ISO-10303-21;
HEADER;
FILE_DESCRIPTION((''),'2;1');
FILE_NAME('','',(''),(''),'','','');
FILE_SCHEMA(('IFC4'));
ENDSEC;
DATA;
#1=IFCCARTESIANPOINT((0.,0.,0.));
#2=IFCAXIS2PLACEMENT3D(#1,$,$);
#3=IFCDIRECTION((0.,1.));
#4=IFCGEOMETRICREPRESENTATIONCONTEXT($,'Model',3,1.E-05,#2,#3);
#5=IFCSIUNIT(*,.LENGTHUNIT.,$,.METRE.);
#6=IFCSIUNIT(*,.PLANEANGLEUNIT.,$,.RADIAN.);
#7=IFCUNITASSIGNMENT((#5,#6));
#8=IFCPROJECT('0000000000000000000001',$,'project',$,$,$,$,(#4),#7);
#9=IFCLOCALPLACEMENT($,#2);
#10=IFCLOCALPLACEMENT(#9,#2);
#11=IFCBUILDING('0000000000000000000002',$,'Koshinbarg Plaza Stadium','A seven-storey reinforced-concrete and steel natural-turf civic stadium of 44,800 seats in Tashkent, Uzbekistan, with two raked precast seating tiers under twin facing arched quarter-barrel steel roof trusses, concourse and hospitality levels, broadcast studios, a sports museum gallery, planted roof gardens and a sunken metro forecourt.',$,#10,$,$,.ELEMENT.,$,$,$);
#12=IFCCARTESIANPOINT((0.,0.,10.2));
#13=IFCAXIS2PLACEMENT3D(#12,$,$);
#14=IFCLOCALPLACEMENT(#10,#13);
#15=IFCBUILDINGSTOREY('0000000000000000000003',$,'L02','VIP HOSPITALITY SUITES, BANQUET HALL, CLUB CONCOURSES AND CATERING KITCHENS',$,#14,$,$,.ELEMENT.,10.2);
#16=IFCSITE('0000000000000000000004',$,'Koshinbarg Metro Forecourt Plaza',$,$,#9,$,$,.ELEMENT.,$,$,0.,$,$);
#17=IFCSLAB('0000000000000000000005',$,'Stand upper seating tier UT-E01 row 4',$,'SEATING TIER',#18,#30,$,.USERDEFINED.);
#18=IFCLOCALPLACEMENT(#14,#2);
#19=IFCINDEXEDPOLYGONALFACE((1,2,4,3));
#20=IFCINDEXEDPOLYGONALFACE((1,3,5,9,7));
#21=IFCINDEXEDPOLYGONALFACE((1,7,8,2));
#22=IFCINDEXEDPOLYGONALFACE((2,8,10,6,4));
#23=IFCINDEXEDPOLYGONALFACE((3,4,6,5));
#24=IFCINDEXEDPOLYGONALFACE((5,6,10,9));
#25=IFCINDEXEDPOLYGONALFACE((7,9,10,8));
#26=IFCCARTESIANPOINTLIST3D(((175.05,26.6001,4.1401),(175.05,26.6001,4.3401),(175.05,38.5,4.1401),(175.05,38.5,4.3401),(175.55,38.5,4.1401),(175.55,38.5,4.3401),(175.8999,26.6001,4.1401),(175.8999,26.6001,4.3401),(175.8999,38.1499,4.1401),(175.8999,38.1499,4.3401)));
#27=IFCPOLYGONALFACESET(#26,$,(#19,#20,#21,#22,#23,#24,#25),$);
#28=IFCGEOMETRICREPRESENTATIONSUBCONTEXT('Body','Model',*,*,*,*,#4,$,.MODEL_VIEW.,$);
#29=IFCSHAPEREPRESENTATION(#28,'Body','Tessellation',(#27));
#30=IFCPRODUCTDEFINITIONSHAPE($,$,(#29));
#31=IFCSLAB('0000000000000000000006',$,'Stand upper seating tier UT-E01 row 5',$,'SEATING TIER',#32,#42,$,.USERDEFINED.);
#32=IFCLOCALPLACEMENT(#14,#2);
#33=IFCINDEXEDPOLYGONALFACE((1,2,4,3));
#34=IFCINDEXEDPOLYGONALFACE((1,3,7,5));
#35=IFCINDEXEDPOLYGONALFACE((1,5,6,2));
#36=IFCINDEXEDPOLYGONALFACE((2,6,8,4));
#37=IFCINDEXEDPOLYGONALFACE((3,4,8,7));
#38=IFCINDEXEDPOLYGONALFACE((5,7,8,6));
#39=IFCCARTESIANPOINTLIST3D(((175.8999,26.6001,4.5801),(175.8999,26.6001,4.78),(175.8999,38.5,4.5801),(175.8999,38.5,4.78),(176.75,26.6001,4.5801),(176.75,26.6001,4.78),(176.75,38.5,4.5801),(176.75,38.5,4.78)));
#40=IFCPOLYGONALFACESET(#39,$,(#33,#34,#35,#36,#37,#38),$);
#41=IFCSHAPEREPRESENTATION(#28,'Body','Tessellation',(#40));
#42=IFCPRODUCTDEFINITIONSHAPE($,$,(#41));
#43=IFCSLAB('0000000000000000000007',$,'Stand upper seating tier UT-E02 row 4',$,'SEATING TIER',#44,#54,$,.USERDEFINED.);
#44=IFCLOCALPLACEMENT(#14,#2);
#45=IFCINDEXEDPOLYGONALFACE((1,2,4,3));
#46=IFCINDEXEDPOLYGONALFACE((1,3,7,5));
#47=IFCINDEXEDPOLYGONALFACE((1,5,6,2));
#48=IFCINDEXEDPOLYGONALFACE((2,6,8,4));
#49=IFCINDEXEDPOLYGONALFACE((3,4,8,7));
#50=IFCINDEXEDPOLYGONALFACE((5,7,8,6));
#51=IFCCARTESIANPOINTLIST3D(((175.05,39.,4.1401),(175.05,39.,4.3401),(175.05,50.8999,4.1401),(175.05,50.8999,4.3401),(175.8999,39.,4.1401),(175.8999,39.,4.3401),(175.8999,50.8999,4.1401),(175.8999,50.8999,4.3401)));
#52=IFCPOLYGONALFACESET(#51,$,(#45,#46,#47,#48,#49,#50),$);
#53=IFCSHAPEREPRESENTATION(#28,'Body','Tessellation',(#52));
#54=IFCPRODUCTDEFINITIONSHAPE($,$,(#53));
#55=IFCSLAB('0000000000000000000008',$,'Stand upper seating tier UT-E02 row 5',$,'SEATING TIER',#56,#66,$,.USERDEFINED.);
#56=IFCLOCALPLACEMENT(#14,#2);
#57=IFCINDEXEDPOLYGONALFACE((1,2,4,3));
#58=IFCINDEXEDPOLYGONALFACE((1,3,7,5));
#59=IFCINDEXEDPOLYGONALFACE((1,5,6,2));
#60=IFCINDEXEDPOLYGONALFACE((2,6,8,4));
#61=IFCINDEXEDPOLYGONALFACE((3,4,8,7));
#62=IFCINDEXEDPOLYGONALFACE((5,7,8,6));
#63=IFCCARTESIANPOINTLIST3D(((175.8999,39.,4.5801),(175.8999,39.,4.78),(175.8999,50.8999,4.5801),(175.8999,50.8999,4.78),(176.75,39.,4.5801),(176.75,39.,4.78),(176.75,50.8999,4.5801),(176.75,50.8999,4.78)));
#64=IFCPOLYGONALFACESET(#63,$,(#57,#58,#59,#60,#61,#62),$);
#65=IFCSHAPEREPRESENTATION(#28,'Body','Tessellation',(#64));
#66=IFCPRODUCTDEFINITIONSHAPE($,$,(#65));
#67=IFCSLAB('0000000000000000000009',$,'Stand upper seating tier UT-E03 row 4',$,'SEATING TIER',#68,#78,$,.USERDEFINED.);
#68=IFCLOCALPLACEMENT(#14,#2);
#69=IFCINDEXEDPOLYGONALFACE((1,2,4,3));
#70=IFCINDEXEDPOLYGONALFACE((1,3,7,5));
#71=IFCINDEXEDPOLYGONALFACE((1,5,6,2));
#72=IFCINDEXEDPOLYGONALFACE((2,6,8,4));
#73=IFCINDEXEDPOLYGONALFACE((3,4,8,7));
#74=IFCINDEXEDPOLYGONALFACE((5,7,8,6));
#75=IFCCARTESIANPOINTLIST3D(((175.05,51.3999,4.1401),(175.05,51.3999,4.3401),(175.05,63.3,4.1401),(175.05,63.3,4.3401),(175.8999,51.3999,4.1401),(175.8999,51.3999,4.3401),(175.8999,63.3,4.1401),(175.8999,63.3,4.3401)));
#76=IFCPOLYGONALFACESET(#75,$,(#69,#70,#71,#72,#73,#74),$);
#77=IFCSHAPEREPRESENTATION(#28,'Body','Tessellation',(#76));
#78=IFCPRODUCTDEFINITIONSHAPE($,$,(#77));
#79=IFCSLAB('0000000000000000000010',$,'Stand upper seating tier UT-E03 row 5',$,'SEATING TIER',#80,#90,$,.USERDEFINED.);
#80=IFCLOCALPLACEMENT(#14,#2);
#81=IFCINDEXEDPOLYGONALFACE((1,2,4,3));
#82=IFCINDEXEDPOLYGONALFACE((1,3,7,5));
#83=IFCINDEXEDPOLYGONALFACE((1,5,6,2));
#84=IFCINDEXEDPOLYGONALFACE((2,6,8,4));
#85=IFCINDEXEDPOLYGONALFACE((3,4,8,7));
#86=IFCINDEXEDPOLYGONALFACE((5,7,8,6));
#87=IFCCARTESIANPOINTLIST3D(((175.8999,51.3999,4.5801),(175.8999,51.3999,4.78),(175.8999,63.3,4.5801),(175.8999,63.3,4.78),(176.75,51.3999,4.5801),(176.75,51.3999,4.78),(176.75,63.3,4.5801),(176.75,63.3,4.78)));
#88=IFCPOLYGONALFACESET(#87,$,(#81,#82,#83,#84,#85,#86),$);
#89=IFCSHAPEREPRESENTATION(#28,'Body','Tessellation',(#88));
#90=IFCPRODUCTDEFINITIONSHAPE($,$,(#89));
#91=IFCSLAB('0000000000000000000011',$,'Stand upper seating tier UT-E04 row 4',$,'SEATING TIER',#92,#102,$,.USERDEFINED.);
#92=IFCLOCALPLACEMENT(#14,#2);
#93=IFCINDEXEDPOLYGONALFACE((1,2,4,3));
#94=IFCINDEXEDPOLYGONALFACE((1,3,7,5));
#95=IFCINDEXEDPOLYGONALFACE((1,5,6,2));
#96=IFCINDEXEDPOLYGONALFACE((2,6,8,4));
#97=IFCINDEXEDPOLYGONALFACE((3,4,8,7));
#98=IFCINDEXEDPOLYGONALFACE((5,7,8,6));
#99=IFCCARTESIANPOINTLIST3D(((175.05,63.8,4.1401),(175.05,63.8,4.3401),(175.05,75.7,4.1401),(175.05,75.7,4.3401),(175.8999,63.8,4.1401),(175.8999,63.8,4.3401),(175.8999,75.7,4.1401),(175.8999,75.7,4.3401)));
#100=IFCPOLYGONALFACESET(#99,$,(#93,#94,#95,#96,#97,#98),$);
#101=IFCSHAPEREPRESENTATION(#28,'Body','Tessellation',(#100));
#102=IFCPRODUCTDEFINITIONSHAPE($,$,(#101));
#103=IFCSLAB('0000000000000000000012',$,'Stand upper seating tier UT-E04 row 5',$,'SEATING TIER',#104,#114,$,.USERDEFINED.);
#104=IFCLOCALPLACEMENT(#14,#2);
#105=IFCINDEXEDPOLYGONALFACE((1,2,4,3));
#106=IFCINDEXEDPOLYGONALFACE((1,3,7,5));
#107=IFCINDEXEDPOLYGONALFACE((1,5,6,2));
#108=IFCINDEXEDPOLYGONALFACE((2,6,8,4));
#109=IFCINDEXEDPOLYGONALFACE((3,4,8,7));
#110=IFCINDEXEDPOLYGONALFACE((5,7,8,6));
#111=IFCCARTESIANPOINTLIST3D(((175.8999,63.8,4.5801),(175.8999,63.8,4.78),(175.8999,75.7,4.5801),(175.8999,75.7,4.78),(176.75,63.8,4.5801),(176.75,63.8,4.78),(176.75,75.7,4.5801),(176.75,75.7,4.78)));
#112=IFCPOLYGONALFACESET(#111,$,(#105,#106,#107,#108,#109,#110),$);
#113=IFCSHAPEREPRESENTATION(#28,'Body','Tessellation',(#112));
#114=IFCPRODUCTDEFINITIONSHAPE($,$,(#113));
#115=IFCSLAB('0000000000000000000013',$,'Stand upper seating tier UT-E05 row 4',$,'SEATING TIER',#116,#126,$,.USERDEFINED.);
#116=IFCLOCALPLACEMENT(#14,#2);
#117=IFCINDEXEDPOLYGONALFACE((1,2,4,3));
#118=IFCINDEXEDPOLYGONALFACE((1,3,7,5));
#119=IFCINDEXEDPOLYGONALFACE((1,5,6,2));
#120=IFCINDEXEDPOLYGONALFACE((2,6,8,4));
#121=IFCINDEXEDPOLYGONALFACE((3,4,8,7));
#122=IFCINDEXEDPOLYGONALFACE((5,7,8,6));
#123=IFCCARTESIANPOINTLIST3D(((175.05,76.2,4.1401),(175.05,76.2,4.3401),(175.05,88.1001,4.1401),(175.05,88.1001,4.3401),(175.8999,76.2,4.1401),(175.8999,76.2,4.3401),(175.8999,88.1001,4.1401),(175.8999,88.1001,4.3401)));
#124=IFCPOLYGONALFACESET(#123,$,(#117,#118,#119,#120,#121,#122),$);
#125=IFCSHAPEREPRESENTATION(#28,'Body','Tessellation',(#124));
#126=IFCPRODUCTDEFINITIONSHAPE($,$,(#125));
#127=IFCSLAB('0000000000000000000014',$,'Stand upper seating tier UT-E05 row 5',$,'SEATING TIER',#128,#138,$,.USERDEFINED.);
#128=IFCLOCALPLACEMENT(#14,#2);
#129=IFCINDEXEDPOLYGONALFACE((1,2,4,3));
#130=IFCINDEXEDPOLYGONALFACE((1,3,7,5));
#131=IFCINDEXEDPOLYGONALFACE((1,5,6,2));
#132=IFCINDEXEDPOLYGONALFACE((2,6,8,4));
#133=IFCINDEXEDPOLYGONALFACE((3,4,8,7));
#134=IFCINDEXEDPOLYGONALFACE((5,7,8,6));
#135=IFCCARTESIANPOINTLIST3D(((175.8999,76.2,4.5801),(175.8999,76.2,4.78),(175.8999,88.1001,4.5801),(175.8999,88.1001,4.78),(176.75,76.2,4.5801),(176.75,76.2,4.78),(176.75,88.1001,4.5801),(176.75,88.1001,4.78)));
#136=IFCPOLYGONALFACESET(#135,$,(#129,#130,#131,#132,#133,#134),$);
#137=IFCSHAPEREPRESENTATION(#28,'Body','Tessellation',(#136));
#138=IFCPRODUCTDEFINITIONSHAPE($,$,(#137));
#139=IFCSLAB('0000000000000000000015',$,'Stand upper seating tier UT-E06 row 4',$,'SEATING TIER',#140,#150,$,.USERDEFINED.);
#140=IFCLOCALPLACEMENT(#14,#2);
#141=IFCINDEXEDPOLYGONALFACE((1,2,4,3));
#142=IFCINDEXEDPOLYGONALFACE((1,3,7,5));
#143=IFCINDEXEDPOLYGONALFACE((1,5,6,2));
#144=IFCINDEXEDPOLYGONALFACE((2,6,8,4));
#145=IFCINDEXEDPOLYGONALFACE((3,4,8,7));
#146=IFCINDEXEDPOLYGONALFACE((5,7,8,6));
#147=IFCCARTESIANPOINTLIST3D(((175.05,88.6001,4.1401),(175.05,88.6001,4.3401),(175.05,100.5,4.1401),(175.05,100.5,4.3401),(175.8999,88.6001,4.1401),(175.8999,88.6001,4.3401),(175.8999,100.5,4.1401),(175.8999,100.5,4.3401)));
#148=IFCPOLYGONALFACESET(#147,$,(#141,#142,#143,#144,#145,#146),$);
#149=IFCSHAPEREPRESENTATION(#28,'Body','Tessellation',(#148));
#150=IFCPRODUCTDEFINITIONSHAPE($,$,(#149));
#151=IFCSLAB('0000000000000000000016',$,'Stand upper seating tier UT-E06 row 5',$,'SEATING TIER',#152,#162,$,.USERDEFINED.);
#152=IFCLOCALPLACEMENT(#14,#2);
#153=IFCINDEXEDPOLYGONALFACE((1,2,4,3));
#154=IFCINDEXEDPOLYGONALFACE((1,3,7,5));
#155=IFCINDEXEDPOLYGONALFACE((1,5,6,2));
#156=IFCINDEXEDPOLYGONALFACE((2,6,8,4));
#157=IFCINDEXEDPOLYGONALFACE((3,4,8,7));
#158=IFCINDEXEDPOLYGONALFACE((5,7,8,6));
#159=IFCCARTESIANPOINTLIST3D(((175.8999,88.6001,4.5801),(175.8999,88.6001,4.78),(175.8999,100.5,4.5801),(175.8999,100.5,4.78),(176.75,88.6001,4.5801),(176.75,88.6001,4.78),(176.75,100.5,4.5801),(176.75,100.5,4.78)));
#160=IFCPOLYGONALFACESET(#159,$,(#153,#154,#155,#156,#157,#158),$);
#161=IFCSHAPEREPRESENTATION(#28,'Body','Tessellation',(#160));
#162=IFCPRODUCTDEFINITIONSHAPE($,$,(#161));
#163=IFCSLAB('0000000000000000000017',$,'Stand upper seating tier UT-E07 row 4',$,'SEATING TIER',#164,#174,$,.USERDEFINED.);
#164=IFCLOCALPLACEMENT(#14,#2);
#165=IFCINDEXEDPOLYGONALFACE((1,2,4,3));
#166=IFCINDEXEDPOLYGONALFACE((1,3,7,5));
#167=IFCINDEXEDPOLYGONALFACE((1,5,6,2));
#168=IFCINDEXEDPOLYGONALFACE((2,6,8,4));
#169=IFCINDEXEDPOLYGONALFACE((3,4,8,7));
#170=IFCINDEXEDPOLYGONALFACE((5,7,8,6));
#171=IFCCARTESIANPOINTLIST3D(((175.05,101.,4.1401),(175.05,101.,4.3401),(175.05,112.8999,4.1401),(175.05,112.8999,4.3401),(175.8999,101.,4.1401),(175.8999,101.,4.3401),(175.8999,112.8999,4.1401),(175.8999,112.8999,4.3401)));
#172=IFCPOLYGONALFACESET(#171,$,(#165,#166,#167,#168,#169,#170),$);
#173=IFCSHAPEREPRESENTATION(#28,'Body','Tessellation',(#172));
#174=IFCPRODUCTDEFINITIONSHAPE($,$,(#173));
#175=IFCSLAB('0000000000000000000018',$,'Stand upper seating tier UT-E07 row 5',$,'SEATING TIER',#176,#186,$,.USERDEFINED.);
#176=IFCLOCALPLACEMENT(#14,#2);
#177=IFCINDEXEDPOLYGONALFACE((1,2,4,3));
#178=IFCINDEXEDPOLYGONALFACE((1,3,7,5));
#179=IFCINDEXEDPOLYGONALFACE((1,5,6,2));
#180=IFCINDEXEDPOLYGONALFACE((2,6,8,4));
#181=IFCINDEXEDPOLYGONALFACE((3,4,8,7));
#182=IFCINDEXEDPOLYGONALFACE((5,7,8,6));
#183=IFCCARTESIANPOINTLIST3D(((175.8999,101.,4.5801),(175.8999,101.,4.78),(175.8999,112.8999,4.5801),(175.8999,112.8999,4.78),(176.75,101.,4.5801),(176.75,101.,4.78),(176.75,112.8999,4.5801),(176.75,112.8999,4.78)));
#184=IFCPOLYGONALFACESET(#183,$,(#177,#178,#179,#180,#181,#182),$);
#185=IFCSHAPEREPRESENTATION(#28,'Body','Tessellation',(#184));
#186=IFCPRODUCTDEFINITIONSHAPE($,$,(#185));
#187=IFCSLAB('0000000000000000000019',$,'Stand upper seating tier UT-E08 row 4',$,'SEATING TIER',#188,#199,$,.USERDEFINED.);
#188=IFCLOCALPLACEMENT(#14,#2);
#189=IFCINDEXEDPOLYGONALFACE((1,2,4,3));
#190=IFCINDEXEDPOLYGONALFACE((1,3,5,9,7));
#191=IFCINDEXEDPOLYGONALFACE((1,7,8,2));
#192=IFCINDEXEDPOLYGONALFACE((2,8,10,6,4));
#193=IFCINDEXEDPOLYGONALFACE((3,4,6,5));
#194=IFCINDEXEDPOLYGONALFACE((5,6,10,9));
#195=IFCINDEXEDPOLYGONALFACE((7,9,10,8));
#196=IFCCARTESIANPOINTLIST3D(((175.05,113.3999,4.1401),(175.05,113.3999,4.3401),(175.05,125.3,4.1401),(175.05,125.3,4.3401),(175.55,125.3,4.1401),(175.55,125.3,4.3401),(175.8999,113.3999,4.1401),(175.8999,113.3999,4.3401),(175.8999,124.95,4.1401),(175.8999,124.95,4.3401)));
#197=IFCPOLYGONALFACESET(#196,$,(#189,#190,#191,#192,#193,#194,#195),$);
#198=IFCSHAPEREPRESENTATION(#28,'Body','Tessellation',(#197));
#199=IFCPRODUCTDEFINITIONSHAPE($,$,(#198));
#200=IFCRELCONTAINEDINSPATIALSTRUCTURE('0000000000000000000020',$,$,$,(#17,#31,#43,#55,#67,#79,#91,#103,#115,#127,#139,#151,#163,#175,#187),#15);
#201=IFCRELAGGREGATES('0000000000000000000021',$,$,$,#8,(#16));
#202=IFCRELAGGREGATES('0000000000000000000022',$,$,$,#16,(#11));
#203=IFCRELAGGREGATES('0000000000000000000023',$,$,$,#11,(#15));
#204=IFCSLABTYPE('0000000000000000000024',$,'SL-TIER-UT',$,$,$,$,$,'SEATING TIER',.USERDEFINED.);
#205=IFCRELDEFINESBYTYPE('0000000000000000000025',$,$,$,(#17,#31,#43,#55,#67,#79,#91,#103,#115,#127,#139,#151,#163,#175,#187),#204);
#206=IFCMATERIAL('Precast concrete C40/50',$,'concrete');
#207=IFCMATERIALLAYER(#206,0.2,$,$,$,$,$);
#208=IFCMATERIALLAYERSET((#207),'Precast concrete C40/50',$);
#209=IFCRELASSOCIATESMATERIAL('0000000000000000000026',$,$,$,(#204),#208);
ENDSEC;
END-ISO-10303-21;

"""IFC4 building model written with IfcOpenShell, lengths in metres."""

from ifc_helpers import new_model, si_unit, direction, frame, origin, place, context, subcontext, project, spatial, polyline, outline, extrude, material, layer, layer_set, type_object, element, save


model = new_model("IFC4")

# Units and contexts
model_context = context("Model", 3, precision=1e-05, world=origin(), true_north=direction((0.0, 1.0)))
body_context = subcontext(model_context, "Body", "Model", "MODEL_VIEW")
ifc_project = project(units=[si_unit("LENGTHUNIT", "METRE"), si_unit("PLANEANGLEUNIT", "RADIAN")], contexts=[model_context])

# Site, building, storey
site_placement = place(None, origin())
site = spatial("IfcSite", under=ifc_project, at=site_placement, Name="Koshinbarg Metro Forecourt Plaza", CompositionType="ELEMENT", RefElevation=0.0)
building_placement = place(site_placement, origin())
building = spatial("IfcBuilding", under=site, at=building_placement, Name="Koshinbarg Plaza Stadium", Description="A seven-storey reinforced-concrete and steel natural-turf civic stadium of 44,800 seats in Tashkent, Uzbekistan, with two raked precast seating tiers under twin facing arched quarter-barrel steel roof trusses, concourse and hospitality levels, broadcast studios, a sports museum gallery, planted roof gardens and a sunken metro forecourt.", CompositionType="ELEMENT")
storey_placement = place(building_placement, frame((0.0, 0.0, 10.2)))
storey = spatial("IfcBuildingStorey", under=building, at=storey_placement, Name="L02", Description="VIP HOSPITALITY SUITES, BANQUET HALL, CLUB CONCOURSES AND CATERING KITCHENS", CompositionType="ELEMENT", Elevation=10.2)

# Slabs
ifc_material = material(Name="Precast concrete C40/50", Category="concrete")
ifc_layer = layer(ifc_material, 0.2)
ifc_layer_set = layer_set([ifc_layer], Name="Precast concrete C40/50")
slab_type = type_object("IfcSlabType", Name="SL-TIER-UT", ElementType="SEATING TIER", PredefinedType="USERDEFINED", material=ifc_layer_set)
slab_1_placement = place(storey_placement, frame((0.0, 0.0, 4.1401)))
element("IfcSlab", 1, at=slab_1_placement, inside=storey, type_object=slab_type, Name="Stand upper seating tier UT-E01 row 4", ObjectType="SEATING TIER", PredefinedType="USERDEFINED", context=body_context, shape_type="SweptSolid", body=[
    extrude(outline(polyline([(175.05, 26.6001), (175.8999, 26.6001), (175.8999, 38.1499), (175.55, 38.5), (175.05, 38.5), (175.05, 26.6001)])), origin(), (0.0, 0.0, 1.0), 0.2),
])
slab_2_placement = place(storey_placement, frame((0.0, 0.0, 4.5801)))
element("IfcSlab", 2, at=slab_2_placement, inside=storey, type_object=slab_type, Name="Stand upper seating tier UT-E01 row 5", ObjectType="SEATING TIER", PredefinedType="USERDEFINED", context=body_context, shape_type="SweptSolid", body=[
    extrude(outline(polyline([(175.8999, 26.6001), (176.75, 26.6001), (176.75, 38.5), (175.8999, 38.5), (175.8999, 26.6001)])), origin(), (0.0, 0.0, 1.0), 0.2),
])
slab_3_placement = place(storey_placement, frame((0.0, 0.0, 4.1401)))
element("IfcSlab", 3, at=slab_3_placement, inside=storey, type_object=slab_type, Name="Stand upper seating tier UT-E02 row 4", ObjectType="SEATING TIER", PredefinedType="USERDEFINED", context=body_context, shape_type="SweptSolid", body=[
    extrude(outline(polyline([(175.05, 39.0), (175.8999, 39.0), (175.8999, 50.8999), (175.05, 50.8999), (175.05, 39.0)])), origin(), (0.0, 0.0, 1.0), 0.2),
])
slab_4_placement = place(storey_placement, frame((0.0, 0.0, 4.5801)))
element("IfcSlab", 4, at=slab_4_placement, inside=storey, type_object=slab_type, Name="Stand upper seating tier UT-E02 row 5", ObjectType="SEATING TIER", PredefinedType="USERDEFINED", context=body_context, shape_type="SweptSolid", body=[
    extrude(outline(polyline([(175.8999, 39.0), (176.75, 39.0), (176.75, 50.8999), (175.8999, 50.8999), (175.8999, 39.0)])), origin(), (0.0, 0.0, 1.0), 0.2),
])
slab_5_placement = place(storey_placement, frame((0.0, 0.0, 4.1401)))
element("IfcSlab", 5, at=slab_5_placement, inside=storey, type_object=slab_type, Name="Stand upper seating tier UT-E03 row 4", ObjectType="SEATING TIER", PredefinedType="USERDEFINED", context=body_context, shape_type="SweptSolid", body=[
    extrude(outline(polyline([(175.05, 51.3999), (175.8999, 51.3999), (175.8999, 63.3), (175.05, 63.3), (175.05, 51.3999)])), origin(), (0.0, 0.0, 1.0), 0.2),
])
slab_6_placement = place(storey_placement, frame((0.0, 0.0, 4.5801)))
element("IfcSlab", 6, at=slab_6_placement, inside=storey, type_object=slab_type, Name="Stand upper seating tier UT-E03 row 5", ObjectType="SEATING TIER", PredefinedType="USERDEFINED", context=body_context, shape_type="SweptSolid", body=[
    extrude(outline(polyline([(175.8999, 51.3999), (176.75, 51.3999), (176.75, 63.3), (175.8999, 63.3), (175.8999, 51.3999)])), origin(), (0.0, 0.0, 1.0), 0.2),
])
slab_7_placement = place(storey_placement, frame((0.0, 0.0, 4.1401)))
element("IfcSlab", 7, at=slab_7_placement, inside=storey, type_object=slab_type, Name="Stand upper seating tier UT-E04 row 4", ObjectType="SEATING TIER", PredefinedType="USERDEFINED", context=body_context, shape_type="SweptSolid", body=[
    extrude(outline(polyline([(175.05, 63.8), (175.8999, 63.8), (175.8999, 75.7), (175.05, 75.7), (175.05, 63.8)])), origin(), (0.0, 0.0, 1.0), 0.2),
])
slab_8_placement = place(storey_placement, frame((0.0, 0.0, 4.5801)))
element("IfcSlab", 8, at=slab_8_placement, inside=storey, type_object=slab_type, Name="Stand upper seating tier UT-E04 row 5", ObjectType="SEATING TIER", PredefinedType="USERDEFINED", context=body_context, shape_type="SweptSolid", body=[
    extrude(outline(polyline([(175.8999, 63.8), (176.75, 63.8), (176.75, 75.7), (175.8999, 75.7), (175.8999, 63.8)])), origin(), (0.0, 0.0, 1.0), 0.2),
])
slab_9_placement = place(storey_placement, frame((0.0, 0.0, 4.1401)))
element("IfcSlab", 9, at=slab_9_placement, inside=storey, type_object=slab_type, Name="Stand upper seating tier UT-E05 row 4", ObjectType="SEATING TIER", PredefinedType="USERDEFINED", context=body_context, shape_type="SweptSolid", body=[
    extrude(outline(polyline([(175.05, 76.2), (175.8999, 76.2), (175.8999, 88.1001), (175.05, 88.1001), (175.05, 76.2)])), origin(), (0.0, 0.0, 1.0), 0.2),
])
slab_10_placement = place(storey_placement, frame((0.0, 0.0, 4.5801)))
element("IfcSlab", 10, at=slab_10_placement, inside=storey, type_object=slab_type, Name="Stand upper seating tier UT-E05 row 5", ObjectType="SEATING TIER", PredefinedType="USERDEFINED", context=body_context, shape_type="SweptSolid", body=[
    extrude(outline(polyline([(175.8999, 76.2), (176.75, 76.2), (176.75, 88.1001), (175.8999, 88.1001), (175.8999, 76.2)])), origin(), (0.0, 0.0, 1.0), 0.2),
])
slab_11_placement = place(storey_placement, frame((0.0, 0.0, 4.1401)))
element("IfcSlab", 11, at=slab_11_placement, inside=storey, type_object=slab_type, Name="Stand upper seating tier UT-E06 row 4", ObjectType="SEATING TIER", PredefinedType="USERDEFINED", context=body_context, shape_type="SweptSolid", body=[
    extrude(outline(polyline([(175.05, 88.6001), (175.8999, 88.6001), (175.8999, 100.5), (175.05, 100.5), (175.05, 88.6001)])), origin(), (0.0, 0.0, 1.0), 0.2),
])
slab_12_placement = place(storey_placement, frame((0.0, 0.0, 4.5801)))
element("IfcSlab", 12, at=slab_12_placement, inside=storey, type_object=slab_type, Name="Stand upper seating tier UT-E06 row 5", ObjectType="SEATING TIER", PredefinedType="USERDEFINED", context=body_context, shape_type="SweptSolid", body=[
    extrude(outline(polyline([(175.8999, 88.6001), (176.75, 88.6001), (176.75, 100.5), (175.8999, 100.5), (175.8999, 88.6001)])), origin(), (0.0, 0.0, 1.0), 0.2),
])
slab_13_placement = place(storey_placement, frame((0.0, 0.0, 4.1401)))
element("IfcSlab", 13, at=slab_13_placement, inside=storey, type_object=slab_type, Name="Stand upper seating tier UT-E07 row 4", ObjectType="SEATING TIER", PredefinedType="USERDEFINED", context=body_context, shape_type="SweptSolid", body=[
    extrude(outline(polyline([(175.05, 101.0), (175.8999, 101.0), (175.8999, 112.8999), (175.05, 112.8999), (175.05, 101.0)])), origin(), (0.0, 0.0, 1.0), 0.2),
])
slab_14_placement = place(storey_placement, frame((0.0, 0.0, 4.5801)))
element("IfcSlab", 14, at=slab_14_placement, inside=storey, type_object=slab_type, Name="Stand upper seating tier UT-E07 row 5", ObjectType="SEATING TIER", PredefinedType="USERDEFINED", context=body_context, shape_type="SweptSolid", body=[
    extrude(outline(polyline([(175.8999, 101.0), (176.75, 101.0), (176.75, 112.8999), (175.8999, 112.8999), (175.8999, 101.0)])), origin(), (0.0, 0.0, 1.0), 0.2),
])
slab_15_placement = place(storey_placement, frame((0.0, 0.0, 4.1401)))
element("IfcSlab", 15, at=slab_15_placement, inside=storey, type_object=slab_type, Name="Stand upper seating tier UT-E08 row 4", ObjectType="SEATING TIER", PredefinedType="USERDEFINED", context=body_context, shape_type="SweptSolid", body=[
    extrude(outline(polyline([(175.05, 113.3999), (175.8999, 113.3999), (175.8999, 124.95), (175.55, 125.3), (175.05, 125.3), (175.05, 113.3999)])), origin(), (0.0, 0.0, 1.0), 0.2),
])

save(model, "model.ifc")
